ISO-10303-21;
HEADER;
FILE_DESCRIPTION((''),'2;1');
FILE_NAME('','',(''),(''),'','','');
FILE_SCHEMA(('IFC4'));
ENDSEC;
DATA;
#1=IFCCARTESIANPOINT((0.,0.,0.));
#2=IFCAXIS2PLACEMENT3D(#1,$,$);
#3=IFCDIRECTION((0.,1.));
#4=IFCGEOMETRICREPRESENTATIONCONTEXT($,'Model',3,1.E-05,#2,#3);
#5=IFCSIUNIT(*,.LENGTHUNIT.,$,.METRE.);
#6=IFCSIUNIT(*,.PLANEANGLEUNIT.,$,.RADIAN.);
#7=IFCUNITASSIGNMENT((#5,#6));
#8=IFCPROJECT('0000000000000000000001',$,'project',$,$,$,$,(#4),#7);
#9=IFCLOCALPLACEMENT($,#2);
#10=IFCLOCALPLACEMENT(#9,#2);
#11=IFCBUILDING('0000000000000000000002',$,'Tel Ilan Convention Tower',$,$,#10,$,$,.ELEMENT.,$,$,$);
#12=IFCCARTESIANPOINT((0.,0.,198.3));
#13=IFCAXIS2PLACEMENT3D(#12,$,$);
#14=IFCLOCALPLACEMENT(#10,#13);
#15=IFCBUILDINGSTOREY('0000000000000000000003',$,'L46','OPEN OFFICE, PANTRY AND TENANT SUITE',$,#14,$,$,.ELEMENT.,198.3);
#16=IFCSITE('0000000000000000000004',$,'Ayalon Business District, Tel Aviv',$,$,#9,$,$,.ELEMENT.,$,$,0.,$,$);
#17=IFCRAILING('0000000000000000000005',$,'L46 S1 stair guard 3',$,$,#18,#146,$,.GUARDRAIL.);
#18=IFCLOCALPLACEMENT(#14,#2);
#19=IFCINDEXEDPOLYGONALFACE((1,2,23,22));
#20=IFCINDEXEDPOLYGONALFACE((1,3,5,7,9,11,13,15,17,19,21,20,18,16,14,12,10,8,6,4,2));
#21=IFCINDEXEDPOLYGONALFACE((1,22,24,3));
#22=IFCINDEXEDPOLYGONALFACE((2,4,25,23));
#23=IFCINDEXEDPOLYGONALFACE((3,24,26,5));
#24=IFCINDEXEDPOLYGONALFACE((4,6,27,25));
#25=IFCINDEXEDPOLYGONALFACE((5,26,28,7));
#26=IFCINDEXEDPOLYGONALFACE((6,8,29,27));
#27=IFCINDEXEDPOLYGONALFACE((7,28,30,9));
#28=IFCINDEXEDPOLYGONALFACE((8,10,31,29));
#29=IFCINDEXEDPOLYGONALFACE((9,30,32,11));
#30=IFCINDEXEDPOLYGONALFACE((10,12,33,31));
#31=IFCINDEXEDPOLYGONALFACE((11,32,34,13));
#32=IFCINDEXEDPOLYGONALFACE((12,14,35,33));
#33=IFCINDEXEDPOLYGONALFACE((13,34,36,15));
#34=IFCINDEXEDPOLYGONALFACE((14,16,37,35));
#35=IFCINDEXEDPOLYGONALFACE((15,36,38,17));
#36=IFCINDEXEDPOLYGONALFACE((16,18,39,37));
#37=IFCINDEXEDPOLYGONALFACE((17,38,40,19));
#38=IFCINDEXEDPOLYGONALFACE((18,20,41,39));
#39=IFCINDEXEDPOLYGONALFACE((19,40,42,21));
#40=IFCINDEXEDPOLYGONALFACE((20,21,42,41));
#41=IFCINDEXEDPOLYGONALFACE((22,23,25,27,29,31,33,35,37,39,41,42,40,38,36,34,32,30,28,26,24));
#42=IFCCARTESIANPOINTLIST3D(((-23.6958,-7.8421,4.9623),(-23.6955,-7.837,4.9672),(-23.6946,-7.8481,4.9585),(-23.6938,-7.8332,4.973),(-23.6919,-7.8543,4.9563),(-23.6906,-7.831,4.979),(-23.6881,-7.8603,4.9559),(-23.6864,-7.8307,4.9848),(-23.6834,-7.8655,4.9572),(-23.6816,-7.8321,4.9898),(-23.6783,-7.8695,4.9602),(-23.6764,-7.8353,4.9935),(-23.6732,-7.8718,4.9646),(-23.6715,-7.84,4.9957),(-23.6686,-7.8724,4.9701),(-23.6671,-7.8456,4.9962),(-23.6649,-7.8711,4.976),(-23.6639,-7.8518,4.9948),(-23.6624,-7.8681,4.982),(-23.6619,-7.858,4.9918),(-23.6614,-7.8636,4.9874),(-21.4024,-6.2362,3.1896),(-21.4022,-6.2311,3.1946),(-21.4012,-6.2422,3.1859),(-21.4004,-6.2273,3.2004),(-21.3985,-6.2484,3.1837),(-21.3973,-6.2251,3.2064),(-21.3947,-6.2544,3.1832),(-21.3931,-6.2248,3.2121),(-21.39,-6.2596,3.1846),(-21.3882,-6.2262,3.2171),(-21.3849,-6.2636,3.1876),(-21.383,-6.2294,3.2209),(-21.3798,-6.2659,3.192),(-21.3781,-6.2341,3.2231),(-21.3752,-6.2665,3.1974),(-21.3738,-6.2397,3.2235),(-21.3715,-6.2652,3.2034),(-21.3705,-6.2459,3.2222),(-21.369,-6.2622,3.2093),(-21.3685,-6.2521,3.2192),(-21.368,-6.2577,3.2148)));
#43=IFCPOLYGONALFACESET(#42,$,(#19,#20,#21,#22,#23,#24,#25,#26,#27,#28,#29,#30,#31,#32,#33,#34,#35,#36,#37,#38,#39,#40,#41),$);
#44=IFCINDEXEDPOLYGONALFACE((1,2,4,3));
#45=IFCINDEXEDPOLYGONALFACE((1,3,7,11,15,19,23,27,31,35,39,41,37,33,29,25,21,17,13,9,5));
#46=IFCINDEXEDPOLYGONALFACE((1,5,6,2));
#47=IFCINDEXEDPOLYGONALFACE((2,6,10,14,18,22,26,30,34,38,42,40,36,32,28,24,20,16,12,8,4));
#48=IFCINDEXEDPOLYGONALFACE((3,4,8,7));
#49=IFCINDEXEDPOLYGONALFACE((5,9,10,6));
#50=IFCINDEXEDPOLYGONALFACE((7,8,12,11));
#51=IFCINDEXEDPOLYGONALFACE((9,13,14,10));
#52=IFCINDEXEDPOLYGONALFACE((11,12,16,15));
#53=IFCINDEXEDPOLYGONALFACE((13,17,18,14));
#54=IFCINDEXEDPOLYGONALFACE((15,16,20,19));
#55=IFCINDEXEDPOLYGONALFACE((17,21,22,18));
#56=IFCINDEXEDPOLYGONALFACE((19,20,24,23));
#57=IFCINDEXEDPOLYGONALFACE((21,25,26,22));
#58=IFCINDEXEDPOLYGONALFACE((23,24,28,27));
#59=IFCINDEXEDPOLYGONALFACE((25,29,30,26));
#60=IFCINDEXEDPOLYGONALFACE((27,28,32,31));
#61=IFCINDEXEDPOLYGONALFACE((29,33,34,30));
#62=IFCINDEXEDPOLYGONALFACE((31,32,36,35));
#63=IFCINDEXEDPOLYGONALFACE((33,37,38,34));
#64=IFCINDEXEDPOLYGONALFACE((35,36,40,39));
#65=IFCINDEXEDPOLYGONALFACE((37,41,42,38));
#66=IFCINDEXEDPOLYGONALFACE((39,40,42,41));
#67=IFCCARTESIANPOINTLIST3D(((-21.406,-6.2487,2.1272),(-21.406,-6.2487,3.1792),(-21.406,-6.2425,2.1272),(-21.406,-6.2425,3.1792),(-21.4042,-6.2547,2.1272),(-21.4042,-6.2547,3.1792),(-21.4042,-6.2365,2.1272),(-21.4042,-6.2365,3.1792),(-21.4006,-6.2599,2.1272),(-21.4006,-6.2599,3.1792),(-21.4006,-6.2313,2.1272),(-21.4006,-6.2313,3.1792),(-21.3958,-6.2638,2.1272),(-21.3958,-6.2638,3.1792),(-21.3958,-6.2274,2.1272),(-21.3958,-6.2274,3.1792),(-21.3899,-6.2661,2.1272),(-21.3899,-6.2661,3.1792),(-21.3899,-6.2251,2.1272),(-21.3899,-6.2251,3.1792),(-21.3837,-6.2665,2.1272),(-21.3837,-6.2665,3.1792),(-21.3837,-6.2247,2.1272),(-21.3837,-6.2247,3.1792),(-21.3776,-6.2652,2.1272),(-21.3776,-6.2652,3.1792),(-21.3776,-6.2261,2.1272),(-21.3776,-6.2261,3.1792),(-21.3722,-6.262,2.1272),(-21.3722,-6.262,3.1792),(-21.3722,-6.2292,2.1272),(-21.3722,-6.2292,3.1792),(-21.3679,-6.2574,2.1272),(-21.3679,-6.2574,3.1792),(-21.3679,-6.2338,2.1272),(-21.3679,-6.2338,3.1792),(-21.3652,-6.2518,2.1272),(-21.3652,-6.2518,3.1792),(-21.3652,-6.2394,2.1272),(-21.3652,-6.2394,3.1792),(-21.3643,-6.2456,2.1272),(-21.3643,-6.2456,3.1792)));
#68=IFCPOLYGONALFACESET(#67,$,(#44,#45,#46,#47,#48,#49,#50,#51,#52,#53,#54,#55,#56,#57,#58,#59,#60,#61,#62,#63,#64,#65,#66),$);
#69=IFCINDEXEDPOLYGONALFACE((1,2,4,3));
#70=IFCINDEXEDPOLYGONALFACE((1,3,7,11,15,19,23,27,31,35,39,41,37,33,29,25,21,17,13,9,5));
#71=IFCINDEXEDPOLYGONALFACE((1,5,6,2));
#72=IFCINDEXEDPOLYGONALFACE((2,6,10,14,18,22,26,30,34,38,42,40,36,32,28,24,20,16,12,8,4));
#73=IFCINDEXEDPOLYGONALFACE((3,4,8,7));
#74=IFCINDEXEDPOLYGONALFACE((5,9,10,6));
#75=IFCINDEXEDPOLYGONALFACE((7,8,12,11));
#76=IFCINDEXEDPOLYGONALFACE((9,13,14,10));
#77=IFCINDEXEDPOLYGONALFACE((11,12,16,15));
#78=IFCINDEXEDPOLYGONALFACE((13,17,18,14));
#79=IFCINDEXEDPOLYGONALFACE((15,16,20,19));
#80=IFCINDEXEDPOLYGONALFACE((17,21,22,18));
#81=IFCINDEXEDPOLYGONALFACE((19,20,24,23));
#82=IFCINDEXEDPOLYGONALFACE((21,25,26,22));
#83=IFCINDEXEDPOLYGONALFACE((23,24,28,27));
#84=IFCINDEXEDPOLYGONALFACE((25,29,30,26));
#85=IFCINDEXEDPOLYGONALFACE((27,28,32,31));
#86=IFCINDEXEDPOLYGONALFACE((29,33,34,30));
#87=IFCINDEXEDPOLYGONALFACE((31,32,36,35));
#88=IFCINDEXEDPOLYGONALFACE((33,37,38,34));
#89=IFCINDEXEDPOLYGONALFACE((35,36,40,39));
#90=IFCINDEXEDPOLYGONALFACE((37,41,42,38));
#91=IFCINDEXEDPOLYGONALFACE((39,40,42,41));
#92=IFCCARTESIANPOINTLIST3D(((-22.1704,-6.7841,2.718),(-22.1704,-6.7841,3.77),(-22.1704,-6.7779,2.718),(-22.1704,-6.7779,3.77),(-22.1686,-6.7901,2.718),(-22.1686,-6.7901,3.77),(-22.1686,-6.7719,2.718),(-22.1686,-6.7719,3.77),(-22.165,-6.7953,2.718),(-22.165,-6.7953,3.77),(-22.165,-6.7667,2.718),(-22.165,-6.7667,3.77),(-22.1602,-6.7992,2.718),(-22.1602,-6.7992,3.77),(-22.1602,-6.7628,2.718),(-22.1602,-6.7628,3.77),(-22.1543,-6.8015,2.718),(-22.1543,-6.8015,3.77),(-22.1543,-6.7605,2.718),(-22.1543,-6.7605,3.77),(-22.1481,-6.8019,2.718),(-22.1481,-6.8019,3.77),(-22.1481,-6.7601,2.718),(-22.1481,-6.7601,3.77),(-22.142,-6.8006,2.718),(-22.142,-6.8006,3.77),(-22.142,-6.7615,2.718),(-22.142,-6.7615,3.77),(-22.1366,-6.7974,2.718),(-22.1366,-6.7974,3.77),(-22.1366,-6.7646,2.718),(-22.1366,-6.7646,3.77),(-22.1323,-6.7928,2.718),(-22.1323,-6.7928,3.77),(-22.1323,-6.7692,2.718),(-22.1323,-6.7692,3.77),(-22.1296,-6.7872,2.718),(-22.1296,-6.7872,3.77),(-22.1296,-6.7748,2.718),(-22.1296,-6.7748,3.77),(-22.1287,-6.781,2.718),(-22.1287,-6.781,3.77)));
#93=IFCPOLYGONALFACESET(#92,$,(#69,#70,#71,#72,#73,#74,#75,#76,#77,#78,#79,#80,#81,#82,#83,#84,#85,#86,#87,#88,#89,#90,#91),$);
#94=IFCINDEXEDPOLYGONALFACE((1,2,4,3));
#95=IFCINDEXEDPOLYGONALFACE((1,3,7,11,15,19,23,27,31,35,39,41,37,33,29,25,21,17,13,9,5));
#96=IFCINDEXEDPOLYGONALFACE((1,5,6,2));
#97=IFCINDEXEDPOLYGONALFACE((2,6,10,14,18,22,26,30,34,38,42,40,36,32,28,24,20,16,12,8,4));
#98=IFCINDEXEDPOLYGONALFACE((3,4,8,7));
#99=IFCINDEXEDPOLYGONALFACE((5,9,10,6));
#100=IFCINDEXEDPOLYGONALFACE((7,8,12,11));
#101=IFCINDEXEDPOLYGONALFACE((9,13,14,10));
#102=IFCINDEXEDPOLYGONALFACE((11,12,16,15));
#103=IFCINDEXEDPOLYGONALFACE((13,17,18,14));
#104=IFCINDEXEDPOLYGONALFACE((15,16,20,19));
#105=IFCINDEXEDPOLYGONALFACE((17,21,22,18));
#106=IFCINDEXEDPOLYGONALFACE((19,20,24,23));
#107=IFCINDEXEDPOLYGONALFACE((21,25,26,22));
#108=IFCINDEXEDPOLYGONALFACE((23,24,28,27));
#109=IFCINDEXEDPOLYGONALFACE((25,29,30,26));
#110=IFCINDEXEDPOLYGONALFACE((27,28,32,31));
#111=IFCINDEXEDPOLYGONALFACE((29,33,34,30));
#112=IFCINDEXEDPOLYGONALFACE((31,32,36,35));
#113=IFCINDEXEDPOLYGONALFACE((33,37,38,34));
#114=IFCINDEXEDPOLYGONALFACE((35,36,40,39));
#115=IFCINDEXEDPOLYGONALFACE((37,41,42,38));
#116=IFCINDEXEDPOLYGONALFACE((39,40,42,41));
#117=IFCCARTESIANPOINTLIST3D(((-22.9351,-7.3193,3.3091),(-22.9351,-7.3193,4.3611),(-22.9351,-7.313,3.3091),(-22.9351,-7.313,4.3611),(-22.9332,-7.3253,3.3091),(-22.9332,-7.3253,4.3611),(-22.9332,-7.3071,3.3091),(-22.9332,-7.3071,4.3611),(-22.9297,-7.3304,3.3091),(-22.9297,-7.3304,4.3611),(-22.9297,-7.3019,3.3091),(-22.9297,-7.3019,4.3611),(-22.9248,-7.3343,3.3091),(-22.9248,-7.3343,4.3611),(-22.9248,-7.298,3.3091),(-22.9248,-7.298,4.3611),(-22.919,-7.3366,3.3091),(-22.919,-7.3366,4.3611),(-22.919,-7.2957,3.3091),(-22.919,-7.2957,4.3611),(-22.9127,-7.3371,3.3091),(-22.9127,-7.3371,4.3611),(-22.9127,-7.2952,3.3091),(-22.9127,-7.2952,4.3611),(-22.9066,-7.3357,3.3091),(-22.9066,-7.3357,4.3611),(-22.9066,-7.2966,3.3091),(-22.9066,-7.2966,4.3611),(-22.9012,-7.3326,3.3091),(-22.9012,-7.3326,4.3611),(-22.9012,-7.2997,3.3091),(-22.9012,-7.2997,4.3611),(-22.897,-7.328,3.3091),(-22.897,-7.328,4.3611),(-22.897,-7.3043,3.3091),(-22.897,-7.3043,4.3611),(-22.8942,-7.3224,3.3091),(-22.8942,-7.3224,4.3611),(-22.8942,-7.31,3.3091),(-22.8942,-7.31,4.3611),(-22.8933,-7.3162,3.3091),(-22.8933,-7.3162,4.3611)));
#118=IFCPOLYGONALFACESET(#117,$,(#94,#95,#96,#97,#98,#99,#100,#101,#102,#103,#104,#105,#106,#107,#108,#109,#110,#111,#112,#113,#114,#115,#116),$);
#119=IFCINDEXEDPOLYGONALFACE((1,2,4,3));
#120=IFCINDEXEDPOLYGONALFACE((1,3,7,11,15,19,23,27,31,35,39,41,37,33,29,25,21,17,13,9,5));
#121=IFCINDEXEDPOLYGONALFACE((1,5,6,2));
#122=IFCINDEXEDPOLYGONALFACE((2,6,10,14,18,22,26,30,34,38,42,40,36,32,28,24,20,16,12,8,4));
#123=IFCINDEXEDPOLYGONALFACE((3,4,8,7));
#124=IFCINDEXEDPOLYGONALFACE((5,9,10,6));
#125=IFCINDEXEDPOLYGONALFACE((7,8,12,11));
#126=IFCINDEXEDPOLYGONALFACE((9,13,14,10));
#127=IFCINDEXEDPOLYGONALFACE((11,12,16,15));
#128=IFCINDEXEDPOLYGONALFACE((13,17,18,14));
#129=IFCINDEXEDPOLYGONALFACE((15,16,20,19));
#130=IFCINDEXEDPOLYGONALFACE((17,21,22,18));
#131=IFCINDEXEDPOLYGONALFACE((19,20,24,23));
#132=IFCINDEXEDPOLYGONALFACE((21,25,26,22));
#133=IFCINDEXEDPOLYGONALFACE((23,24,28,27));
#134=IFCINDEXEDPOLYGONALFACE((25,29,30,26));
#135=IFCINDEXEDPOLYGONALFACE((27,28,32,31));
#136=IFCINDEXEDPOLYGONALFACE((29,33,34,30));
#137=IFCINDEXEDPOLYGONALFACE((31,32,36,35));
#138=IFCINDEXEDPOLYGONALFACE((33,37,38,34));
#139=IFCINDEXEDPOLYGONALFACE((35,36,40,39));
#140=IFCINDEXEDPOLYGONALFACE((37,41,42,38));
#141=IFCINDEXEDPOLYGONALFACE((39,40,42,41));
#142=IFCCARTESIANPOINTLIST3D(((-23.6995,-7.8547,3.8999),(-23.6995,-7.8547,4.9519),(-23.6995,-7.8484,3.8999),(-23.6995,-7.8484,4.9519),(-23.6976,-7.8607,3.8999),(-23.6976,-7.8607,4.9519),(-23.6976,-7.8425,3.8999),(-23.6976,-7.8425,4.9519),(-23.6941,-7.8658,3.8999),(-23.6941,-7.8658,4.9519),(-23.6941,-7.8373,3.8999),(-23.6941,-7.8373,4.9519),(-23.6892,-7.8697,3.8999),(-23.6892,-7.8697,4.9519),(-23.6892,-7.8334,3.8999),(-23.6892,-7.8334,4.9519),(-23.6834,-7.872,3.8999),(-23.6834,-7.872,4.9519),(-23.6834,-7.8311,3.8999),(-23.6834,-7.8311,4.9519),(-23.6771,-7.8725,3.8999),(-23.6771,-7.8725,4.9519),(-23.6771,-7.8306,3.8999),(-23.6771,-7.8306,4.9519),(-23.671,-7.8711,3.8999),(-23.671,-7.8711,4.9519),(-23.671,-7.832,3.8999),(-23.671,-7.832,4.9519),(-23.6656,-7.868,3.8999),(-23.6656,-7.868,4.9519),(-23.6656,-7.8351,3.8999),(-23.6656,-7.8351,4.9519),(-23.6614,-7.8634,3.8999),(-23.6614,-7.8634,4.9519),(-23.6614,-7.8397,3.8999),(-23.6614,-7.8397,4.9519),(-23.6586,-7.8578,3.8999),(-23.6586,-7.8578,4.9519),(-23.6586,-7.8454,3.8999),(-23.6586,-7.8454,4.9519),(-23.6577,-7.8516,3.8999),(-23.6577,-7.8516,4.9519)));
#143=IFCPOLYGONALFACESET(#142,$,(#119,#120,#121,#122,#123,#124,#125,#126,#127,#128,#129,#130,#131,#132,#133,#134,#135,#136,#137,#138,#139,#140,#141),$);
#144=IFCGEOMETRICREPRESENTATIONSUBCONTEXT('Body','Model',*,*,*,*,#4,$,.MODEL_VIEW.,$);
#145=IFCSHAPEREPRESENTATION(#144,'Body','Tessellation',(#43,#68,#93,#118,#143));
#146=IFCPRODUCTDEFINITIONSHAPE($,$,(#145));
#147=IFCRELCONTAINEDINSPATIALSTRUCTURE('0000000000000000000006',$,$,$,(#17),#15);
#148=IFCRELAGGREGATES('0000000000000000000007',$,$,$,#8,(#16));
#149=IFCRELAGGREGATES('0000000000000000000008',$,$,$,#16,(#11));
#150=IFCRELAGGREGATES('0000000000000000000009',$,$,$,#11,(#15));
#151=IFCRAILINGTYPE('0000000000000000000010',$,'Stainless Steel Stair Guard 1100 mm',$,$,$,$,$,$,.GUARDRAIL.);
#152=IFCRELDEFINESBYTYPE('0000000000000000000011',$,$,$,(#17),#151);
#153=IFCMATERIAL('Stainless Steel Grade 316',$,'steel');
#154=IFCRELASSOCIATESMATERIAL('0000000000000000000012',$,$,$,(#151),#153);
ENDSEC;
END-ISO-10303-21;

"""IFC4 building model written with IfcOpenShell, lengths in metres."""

from ifc_helpers import new_model, si_unit, direction, frame, origin, origin_2d, place, context, subcontext, project, spatial, circle, extrude, material, type_object, element, save


model = new_model("IFC4")

# Units and contexts
model_context = context("Model", 3, precision=1e-05, world=origin(), true_north=direction((0.0, 1.0)))
body_context = subcontext(model_context, "Body", "Model", "MODEL_VIEW")
ifc_project = project(units=[si_unit("LENGTHUNIT", "METRE"), si_unit("PLANEANGLEUNIT", "RADIAN")], contexts=[model_context])

# Site, building, storey
site_placement = place(None, origin())
site = spatial("IfcSite", under=ifc_project, at=site_placement, Name="Ayalon Business District, Tel Aviv", CompositionType="ELEMENT", RefElevation=0.0)
building_placement = place(site_placement, origin())
building = spatial("IfcBuilding", under=site, at=building_placement, Name="Tel Ilan Convention Tower", CompositionType="ELEMENT")
storey_placement = place(building_placement, frame((0.0, 0.0, 198.3)))
storey = spatial("IfcBuildingStorey", under=building, at=storey_placement, Name="L46", Description="OPEN OFFICE, PANTRY AND TENANT SUITE", CompositionType="ELEMENT", Elevation=198.3)

# Railing
ifc_material_1 = material(Name="Stainless Steel Grade 316", Category="steel")
railing_type_1 = type_object("IfcRailingType", Name="Stainless Steel Stair Guard 1100 mm", PredefinedType="GUARDRAIL", material=ifc_material_1)
railing_1_placement = place(storey_placement, frame((-21.3853, -6.2456, 2.1272)))
element("IfcRailing", 1, at=railing_1_placement, inside=storey, type_object=railing_type_1, Name="L46 S1 stair guard 3", PredefinedType="GUARDRAIL", context=body_context, shape_type="SweptSolid", body=[
    extrude(circle(Radius=0.0239, at=origin_2d()), frame((0.0, 0.0, 1.0762), z_axis=(-0.692085, -0.484621, 0.53494), x_axis=(0.573591, -0.819142, 0.0)), (0.0, 0.0, 1.0), 3.3137),
    extrude(circle(Radius=0.021, at=origin_2d()), origin(), (0.0, 0.0, 1.0), 1.052),
    extrude(circle(Radius=0.021, at=origin_2d()), frame((-0.7644, -0.5354, 0.5908)), (0.0, 0.0, 1.0), 1.052),
    extrude(circle(Radius=0.021, at=origin_2d()), frame((-1.5291, -1.0706, 1.1819)), (0.0, 0.0, 1.0), 1.052),
    extrude(circle(Radius=0.021, at=origin_2d()), frame((-2.2935, -1.606, 1.7727)), (0.0, 0.0, 1.0), 1.052),
])

save(model, "model.ifc")
